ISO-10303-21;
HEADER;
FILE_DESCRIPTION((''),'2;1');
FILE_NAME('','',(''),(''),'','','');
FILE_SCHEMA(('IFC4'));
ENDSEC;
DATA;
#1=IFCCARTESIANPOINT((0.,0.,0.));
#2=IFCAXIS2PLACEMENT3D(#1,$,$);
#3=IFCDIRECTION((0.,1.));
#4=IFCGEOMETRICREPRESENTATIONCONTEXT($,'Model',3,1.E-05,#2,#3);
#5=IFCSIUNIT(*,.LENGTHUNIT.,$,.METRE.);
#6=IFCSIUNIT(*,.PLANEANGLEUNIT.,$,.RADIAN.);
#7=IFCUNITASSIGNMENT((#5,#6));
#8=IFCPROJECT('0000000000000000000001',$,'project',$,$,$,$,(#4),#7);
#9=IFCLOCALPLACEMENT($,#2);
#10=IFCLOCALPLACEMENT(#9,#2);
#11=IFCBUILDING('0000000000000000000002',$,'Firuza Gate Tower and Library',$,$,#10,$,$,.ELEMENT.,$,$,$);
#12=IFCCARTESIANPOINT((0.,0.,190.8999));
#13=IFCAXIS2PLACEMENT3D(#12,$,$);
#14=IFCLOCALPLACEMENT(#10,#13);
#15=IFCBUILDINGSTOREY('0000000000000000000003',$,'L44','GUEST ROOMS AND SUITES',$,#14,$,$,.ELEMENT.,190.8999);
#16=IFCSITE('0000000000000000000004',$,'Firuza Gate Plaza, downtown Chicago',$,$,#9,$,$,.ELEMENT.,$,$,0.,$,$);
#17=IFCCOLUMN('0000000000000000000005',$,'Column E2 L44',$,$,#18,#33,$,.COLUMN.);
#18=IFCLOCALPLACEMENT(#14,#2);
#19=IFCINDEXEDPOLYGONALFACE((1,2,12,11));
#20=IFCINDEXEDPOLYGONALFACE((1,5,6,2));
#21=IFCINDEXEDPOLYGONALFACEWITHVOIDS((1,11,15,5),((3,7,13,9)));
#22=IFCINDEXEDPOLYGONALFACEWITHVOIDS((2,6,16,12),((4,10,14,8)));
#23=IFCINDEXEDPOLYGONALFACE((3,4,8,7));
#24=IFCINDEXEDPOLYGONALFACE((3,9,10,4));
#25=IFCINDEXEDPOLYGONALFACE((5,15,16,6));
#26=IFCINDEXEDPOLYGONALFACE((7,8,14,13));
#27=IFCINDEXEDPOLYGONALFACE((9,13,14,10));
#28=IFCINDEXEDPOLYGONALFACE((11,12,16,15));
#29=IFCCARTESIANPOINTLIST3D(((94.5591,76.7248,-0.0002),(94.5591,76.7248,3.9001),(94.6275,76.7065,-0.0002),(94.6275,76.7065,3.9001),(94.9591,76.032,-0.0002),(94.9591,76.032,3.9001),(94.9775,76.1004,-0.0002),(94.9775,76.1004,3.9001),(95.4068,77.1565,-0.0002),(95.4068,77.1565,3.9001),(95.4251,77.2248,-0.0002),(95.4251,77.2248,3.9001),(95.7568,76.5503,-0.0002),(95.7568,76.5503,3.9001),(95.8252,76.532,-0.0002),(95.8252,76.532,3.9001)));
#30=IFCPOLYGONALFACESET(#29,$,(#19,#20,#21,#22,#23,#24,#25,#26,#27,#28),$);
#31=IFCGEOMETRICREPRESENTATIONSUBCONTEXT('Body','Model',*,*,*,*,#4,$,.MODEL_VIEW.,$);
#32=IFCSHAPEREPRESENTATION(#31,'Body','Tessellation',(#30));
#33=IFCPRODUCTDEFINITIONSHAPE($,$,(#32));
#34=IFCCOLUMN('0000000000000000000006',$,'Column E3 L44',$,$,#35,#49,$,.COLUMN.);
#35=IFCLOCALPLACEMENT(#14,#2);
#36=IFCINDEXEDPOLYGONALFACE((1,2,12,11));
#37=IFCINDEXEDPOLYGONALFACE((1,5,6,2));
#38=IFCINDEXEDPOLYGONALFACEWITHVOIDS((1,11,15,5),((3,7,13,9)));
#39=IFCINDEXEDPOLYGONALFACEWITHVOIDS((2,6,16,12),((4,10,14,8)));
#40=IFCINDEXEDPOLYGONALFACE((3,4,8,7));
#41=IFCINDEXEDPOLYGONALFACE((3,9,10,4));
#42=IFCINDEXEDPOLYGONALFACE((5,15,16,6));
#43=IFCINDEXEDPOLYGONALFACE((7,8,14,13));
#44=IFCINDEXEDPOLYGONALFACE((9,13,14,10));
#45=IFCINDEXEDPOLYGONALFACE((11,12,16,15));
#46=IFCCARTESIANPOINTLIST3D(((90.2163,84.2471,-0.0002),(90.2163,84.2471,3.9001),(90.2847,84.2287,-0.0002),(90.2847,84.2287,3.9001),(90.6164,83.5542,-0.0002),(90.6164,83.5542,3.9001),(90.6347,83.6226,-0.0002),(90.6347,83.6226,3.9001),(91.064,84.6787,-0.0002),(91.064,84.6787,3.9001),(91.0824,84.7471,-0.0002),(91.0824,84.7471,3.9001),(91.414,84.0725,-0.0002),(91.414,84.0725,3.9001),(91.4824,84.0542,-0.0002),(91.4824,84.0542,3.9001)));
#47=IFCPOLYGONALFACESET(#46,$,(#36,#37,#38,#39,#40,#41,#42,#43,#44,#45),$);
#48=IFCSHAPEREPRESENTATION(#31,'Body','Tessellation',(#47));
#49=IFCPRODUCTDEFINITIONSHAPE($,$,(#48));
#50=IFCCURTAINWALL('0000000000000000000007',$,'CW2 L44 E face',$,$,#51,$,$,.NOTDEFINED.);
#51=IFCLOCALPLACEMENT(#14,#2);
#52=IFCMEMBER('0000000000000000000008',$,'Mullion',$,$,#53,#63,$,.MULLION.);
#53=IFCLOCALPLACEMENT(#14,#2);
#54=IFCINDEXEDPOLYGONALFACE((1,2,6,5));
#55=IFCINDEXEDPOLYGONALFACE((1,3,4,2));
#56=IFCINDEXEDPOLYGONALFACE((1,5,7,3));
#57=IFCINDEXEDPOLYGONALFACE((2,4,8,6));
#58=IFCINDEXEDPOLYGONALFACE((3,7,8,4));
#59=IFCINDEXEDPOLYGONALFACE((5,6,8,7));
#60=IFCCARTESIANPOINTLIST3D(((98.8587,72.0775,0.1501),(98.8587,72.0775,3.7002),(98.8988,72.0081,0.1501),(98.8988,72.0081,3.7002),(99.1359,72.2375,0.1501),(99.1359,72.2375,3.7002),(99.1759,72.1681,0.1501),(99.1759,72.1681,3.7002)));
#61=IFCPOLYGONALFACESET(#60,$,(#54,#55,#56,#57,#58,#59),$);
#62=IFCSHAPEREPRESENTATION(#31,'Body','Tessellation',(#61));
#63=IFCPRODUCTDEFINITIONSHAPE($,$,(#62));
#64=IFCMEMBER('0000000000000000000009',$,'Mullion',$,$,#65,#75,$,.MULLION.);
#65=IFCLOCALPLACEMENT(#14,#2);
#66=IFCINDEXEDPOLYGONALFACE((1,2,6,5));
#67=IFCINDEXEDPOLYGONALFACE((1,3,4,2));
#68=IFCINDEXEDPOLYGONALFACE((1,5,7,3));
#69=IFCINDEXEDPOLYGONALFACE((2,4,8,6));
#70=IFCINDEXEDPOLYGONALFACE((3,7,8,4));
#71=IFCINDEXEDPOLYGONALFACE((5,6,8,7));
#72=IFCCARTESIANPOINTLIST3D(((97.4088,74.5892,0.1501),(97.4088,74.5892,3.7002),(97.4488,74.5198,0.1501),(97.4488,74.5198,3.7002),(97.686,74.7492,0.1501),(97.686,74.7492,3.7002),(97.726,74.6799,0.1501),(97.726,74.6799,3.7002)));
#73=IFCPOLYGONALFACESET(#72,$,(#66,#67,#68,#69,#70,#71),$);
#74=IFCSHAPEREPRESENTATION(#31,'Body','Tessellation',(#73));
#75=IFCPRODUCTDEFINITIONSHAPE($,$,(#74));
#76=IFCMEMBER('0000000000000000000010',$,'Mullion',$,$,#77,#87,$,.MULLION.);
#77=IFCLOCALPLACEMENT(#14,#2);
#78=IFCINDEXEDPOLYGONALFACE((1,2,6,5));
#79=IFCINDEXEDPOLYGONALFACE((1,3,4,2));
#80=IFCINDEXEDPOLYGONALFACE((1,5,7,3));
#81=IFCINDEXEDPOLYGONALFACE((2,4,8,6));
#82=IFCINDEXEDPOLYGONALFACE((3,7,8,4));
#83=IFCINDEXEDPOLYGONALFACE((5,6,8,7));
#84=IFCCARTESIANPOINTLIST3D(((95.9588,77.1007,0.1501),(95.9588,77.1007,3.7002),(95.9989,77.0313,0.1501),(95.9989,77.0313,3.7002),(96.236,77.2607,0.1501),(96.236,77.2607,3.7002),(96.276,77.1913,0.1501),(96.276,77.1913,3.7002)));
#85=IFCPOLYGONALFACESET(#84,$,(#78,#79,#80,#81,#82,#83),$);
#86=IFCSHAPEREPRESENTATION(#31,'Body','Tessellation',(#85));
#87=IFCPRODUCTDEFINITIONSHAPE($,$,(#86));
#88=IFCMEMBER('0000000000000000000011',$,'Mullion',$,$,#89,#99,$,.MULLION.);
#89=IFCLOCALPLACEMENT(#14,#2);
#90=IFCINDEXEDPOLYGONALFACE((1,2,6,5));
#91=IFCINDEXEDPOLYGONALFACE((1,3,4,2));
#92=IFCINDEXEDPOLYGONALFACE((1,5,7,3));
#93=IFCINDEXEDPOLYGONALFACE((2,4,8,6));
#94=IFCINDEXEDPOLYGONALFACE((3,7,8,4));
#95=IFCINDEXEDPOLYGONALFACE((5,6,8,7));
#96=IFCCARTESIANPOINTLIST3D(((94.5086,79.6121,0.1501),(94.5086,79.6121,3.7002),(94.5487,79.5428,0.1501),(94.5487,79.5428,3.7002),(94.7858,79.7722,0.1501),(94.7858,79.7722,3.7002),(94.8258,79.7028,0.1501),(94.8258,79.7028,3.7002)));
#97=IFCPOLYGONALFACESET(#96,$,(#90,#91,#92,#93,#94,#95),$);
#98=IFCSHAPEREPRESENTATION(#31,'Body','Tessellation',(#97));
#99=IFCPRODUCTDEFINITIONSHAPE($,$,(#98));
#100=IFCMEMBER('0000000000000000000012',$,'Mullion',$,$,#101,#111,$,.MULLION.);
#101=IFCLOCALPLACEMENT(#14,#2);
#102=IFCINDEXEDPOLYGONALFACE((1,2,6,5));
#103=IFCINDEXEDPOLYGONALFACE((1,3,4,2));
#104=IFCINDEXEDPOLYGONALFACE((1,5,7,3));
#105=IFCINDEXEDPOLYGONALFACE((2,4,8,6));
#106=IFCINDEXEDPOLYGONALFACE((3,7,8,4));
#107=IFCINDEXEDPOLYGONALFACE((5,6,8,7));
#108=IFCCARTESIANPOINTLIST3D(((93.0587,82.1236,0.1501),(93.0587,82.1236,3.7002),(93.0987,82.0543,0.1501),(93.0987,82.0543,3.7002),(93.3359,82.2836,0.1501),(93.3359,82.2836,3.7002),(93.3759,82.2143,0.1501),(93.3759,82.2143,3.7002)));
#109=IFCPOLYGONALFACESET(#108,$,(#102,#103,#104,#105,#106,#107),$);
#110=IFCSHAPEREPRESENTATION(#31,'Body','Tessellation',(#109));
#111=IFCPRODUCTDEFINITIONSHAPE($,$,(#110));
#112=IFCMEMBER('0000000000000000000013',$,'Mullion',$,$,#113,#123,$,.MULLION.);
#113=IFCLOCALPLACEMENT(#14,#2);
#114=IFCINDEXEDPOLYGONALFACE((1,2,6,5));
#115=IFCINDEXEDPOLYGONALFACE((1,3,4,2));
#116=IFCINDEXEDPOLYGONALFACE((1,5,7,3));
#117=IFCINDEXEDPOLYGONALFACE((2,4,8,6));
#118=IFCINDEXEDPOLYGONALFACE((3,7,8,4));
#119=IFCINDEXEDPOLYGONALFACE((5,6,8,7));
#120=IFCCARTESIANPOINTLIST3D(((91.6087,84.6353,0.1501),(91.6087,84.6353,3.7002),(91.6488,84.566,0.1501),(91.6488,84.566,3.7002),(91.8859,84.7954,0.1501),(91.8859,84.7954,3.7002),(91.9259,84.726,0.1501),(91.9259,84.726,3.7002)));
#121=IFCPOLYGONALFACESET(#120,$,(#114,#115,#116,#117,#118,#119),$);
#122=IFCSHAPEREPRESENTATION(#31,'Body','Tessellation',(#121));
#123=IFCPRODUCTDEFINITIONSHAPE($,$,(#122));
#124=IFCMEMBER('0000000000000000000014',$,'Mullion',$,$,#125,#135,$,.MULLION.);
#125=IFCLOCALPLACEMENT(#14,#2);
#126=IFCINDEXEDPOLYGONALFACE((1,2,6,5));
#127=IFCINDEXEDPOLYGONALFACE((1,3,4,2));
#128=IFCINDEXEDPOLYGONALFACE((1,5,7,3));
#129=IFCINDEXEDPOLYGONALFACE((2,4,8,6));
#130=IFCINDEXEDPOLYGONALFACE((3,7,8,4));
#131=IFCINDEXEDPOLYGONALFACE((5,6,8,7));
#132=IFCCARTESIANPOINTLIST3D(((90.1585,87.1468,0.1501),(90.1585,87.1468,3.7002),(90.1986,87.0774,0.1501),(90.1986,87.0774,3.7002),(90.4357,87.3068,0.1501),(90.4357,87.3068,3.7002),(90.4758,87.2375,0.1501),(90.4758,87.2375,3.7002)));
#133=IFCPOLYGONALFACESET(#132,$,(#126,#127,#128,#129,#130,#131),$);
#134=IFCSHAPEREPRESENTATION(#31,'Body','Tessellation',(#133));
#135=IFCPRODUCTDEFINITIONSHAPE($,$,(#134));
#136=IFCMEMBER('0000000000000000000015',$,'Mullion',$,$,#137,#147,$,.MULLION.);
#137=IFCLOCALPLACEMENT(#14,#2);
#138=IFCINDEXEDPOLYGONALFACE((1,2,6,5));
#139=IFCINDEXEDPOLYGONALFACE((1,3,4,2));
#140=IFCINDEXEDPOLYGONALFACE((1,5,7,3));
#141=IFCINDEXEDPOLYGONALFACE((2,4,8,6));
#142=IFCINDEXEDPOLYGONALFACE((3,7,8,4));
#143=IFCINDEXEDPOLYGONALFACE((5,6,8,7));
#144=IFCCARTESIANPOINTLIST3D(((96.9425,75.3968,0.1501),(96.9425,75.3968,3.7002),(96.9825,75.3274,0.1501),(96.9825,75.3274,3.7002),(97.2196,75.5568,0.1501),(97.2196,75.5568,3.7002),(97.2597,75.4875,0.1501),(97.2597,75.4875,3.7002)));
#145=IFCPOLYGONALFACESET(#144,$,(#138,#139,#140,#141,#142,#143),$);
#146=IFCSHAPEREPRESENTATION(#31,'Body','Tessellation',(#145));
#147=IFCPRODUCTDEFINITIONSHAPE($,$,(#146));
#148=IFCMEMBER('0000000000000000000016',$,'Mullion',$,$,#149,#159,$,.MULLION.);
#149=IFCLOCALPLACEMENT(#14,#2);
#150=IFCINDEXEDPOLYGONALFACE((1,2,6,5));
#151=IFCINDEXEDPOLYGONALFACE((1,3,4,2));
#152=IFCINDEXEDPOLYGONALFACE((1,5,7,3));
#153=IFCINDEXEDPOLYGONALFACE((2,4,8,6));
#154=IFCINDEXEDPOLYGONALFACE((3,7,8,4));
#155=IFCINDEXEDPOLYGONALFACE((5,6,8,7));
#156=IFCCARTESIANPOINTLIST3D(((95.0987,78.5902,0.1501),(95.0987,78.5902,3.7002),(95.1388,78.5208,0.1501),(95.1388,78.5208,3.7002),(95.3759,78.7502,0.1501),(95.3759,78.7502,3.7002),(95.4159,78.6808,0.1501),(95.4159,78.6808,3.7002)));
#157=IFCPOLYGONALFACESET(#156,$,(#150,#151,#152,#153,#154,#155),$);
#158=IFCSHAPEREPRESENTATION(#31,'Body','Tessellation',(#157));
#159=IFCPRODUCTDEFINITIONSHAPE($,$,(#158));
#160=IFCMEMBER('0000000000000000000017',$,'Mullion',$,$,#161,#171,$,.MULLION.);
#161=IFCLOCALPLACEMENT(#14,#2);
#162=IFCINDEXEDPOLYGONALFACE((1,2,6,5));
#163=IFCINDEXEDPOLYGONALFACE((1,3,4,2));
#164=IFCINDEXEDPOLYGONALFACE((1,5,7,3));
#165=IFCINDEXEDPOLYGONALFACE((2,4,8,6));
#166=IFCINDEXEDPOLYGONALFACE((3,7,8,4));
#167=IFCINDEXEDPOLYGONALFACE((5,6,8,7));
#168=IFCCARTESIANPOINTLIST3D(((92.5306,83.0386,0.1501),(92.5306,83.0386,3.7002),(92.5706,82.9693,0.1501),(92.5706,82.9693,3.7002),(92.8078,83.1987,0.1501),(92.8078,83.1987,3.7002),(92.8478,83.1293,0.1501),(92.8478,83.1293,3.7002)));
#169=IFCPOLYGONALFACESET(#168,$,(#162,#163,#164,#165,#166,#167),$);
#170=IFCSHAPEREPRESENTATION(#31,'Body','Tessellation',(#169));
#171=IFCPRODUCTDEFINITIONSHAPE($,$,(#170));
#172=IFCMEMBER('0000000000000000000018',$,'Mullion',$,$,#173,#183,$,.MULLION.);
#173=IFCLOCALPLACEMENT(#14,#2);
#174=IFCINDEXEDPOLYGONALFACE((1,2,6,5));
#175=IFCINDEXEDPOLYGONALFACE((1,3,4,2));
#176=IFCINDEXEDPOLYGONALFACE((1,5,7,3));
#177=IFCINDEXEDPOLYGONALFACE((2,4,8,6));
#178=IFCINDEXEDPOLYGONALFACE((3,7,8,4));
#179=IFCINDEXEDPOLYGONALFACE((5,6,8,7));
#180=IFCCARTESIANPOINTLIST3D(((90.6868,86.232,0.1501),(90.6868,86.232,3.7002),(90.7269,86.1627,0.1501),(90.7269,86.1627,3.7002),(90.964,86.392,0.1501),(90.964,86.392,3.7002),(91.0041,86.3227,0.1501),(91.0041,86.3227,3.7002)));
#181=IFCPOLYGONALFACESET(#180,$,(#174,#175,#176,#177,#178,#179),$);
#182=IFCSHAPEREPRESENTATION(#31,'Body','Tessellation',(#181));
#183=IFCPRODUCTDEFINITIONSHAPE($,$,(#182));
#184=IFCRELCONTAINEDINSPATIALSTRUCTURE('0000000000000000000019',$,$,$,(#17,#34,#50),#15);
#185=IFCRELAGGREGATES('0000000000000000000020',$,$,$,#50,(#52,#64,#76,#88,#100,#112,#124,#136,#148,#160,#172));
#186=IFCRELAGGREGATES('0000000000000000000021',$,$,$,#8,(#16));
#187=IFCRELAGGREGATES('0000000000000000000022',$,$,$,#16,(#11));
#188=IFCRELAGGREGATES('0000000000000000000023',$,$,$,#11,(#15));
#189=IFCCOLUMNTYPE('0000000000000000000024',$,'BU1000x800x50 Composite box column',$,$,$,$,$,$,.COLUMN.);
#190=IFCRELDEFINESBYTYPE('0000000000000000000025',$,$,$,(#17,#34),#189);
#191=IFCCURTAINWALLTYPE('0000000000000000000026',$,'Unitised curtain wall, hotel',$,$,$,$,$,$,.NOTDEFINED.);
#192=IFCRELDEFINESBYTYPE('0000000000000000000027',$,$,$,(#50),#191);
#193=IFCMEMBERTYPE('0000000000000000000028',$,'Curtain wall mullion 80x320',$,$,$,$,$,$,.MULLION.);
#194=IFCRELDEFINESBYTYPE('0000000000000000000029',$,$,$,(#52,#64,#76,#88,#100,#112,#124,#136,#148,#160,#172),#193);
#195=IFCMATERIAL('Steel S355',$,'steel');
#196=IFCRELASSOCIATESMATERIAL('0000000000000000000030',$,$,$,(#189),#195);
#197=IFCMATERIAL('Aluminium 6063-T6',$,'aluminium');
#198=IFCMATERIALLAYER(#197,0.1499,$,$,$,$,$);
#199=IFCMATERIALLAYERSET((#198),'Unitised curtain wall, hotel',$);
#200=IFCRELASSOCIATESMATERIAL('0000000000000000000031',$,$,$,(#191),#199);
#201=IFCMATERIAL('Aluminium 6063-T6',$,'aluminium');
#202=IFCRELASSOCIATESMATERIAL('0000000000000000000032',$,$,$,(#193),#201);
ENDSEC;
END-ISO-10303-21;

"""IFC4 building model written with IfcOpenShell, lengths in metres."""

from ifc_helpers import new_model, si_unit, direction, frame, origin, origin_2d, place, context, subcontext, project, spatial, rectangle, hollow_rectangle, extrude, material, layer, layer_set, material_profile, profile_set, type_object, element, aggregate, save


model = new_model("IFC4")

# Units and contexts
model_context = context("Model", 3, precision=1e-05, world=origin(), true_north=direction((0.0, 1.0)))
body_context = subcontext(model_context, "Body", "Model", "MODEL_VIEW")
ifc_project = project(units=[si_unit("LENGTHUNIT", "METRE"), si_unit("PLANEANGLEUNIT", "RADIAN")], contexts=[model_context])

# Site, building, storey
site_placement = place(None, origin())
site = spatial("IfcSite", under=ifc_project, at=site_placement, Name="Firuza Gate Plaza, downtown Chicago", CompositionType="ELEMENT", RefElevation=0.0)
building_placement = place(site_placement, origin())
building = spatial("IfcBuilding", under=site, at=building_placement, Name="Firuza Gate Tower and Library", CompositionType="ELEMENT")
storey_placement = place(building_placement, frame((0.0, 0.0, 190.8999)))
storey = spatial("IfcBuildingStorey", under=building, at=storey_placement, Name="L44", Description="GUEST ROOMS AND SUITES", CompositionType="ELEMENT", Elevation=190.8999)

# Columns
ifc_material_1 = material(Name="Steel S355", Category="steel")
ifc_material_profile_1 = material_profile(ifc_material_1, hollow_rectangle(XDim=0.8, YDim=1.0, WallThickness=0.05, at=origin_2d()))
ifc_profile_set_1 = profile_set([ifc_material_profile_1], Name="Steel S355")
column_type = type_object("IfcColumnType", Name="BU1000x800x50 Composite box column", PredefinedType="COLUMN", material=ifc_profile_set_1)
for number, where, z_axis, x_axis, name in (
    (1, (95.1921, 76.6284, -0.0002), (0.0, 0.0, 1.0), (-0.5, 0.866025, 0.0), "Column E2 L44"),
    (2, (90.8494, 84.1506, -0.0002), (0.0, 0.0, 1.0), (-0.5, 0.866025, 0.0), "Column E3 L44"),
):
    element("IfcColumn", number, at=place(storey_placement, frame(where, z_axis=z_axis, x_axis=x_axis)), inside=storey, type_object=column_type, Name=name, PredefinedType="COLUMN", context=body_context, shape_type="SweptSolid", body=[
        extrude(hollow_rectangle(XDim=0.8, YDim=1.0, WallThickness=0.05, at=origin_2d()), origin(), (0.0, 0.0, 1.0), 3.9004),
    ])

# Curtain wall, members
ifc_material_2 = material(Name="Aluminium 6063-T6", Category="aluminium")
ifc_layer_1 = layer(ifc_material_2, 0.1499)
ifc_layer_set_1 = layer_set([ifc_layer_1], Name="Unitised curtain wall, hotel")
curtain_wall_type = type_object("IfcCurtainWallType", Name="Unitised curtain wall, hotel", PredefinedType="NOTDEFINED", material=ifc_layer_set_1)
curtain_wall_placement = place(storey_placement, origin())
curtain_wall = element("IfcCurtainWall", 3, at=curtain_wall_placement, inside=storey, type_object=curtain_wall_type, Name="CW2 L44 E face", PredefinedType="NOTDEFINED")
ifc_material_3 = material(Name="Aluminium 6063-T6", Category="aluminium")
ifc_material_profile_2 = material_profile(ifc_material_3, rectangle(XDim=0.3201, YDim=0.0801, at=origin_2d()))
ifc_profile_set_2 = profile_set([ifc_material_profile_2], Name="Aluminium 6063-T6")
member_type = type_object("IfcMemberType", Name="Curtain wall mullion 80x320", PredefinedType="MULLION", material=ifc_profile_set_2)
member_1_placement = place(storey_placement, frame((99.0173, 72.1228, 0.1501), z_axis=(0.0, 0.0, 1.0), x_axis=(-0.866025, -0.5, 0.0)))
member_1 = element("IfcMember", 4, at=member_1_placement, type_object=member_type, Name="Mullion", PredefinedType="MULLION", context=body_context, shape_type="SweptSolid", body=[
    extrude(rectangle(XDim=0.3201, YDim=0.0801, at=origin_2d()), origin(), (0.0, 0.0, 1.0), 3.55),
])
member_2_placement = place(storey_placement, frame((97.5674, 74.6345, 0.1501), z_axis=(0.0, 0.0, 1.0), x_axis=(-0.866025, -0.5, 0.0)))
member_2 = element("IfcMember", 5, at=member_2_placement, type_object=member_type, Name="Mullion", PredefinedType="MULLION", context=body_context, shape_type="SweptSolid", body=[
    extrude(rectangle(XDim=0.3201, YDim=0.0801, at=origin_2d()), origin(), (0.0, 0.0, 1.0), 3.55),
])
member_3_placement = place(storey_placement, frame((96.1174, 77.146, 0.1501), z_axis=(0.0, 0.0, 1.0), x_axis=(-0.866025, -0.5, 0.0)))
member_3 = element("IfcMember", 6, at=member_3_placement, type_object=member_type, Name="Mullion", PredefinedType="MULLION", context=body_context, shape_type="SweptSolid", body=[
    extrude(rectangle(XDim=0.3201, YDim=0.0801, at=origin_2d()), origin(), (0.0, 0.0, 1.0), 3.55),
])
member_4_placement = place(storey_placement, frame((94.6672, 79.6575, 0.1501), z_axis=(0.0, 0.0, 1.0), x_axis=(-0.866025, -0.5, 0.0)))
member_4 = element("IfcMember", 7, at=member_4_placement, type_object=member_type, Name="Mullion", PredefinedType="MULLION", context=body_context, shape_type="SweptSolid", body=[
    extrude(rectangle(XDim=0.3201, YDim=0.0801, at=origin_2d()), origin(), (0.0, 0.0, 1.0), 3.55),
])
member_5_placement = place(storey_placement, frame((93.2173, 82.1689, 0.1501), z_axis=(0.0, 0.0, 1.0), x_axis=(-0.866025, -0.5, 0.0)))
member_5 = element("IfcMember", 8, at=member_5_placement, type_object=member_type, Name="Mullion", PredefinedType="MULLION", context=body_context, shape_type="SweptSolid", body=[
    extrude(rectangle(XDim=0.3201, YDim=0.0801, at=origin_2d()), origin(), (0.0, 0.0, 1.0), 3.55),
])
member_6_placement = place(storey_placement, frame((91.7673, 84.6807, 0.1501), z_axis=(0.0, 0.0, 1.0), x_axis=(-0.866025, -0.5, 0.0)))
member_6 = element("IfcMember", 9, at=member_6_placement, type_object=member_type, Name="Mullion", PredefinedType="MULLION", context=body_context, shape_type="SweptSolid", body=[
    extrude(rectangle(XDim=0.3201, YDim=0.0801, at=origin_2d()), origin(), (0.0, 0.0, 1.0), 3.55),
])
member_7_placement = place(storey_placement, frame((90.3171, 87.1921, 0.1501), z_axis=(0.0, 0.0, 1.0), x_axis=(-0.866025, -0.5, 0.0)))
member_7 = element("IfcMember", 10, at=member_7_placement, type_object=member_type, Name="Mullion", PredefinedType="MULLION", context=body_context, shape_type="SweptSolid", body=[
    extrude(rectangle(XDim=0.3201, YDim=0.0801, at=origin_2d()), origin(), (0.0, 0.0, 1.0), 3.55),
])
member_8_placement = place(storey_placement, frame((97.1011, 75.4421, 0.1501), z_axis=(0.0, 0.0, 1.0), x_axis=(-0.866025, -0.5, 0.0)))
member_8 = element("IfcMember", 11, at=member_8_placement, type_object=member_type, Name="Mullion", PredefinedType="MULLION", context=body_context, shape_type="SweptSolid", body=[
    extrude(rectangle(XDim=0.3201, YDim=0.0801, at=origin_2d()), origin(), (0.0, 0.0, 1.0), 3.55),
])
member_9_placement = place(storey_placement, frame((95.2573, 78.6355, 0.1501), z_axis=(0.0, 0.0, 1.0), x_axis=(-0.866025, -0.5, 0.0)))
member_9 = element("IfcMember", 12, at=member_9_placement, type_object=member_type, Name="Mullion", PredefinedType="MULLION", context=body_context, shape_type="SweptSolid", body=[
    extrude(rectangle(XDim=0.3201, YDim=0.0801, at=origin_2d()), origin(), (0.0, 0.0, 1.0), 3.55),
])
member_10_placement = place(storey_placement, frame((92.6892, 83.084, 0.1501), z_axis=(0.0, 0.0, 1.0), x_axis=(-0.866025, -0.5, 0.0)))
member_10 = element("IfcMember", 13, at=member_10_placement, type_object=member_type, Name="Mullion", PredefinedType="MULLION", context=body_context, shape_type="SweptSolid", body=[
    extrude(rectangle(XDim=0.3201, YDim=0.0801, at=origin_2d()), origin(), (0.0, 0.0, 1.0), 3.55),
])
member_11_placement = place(storey_placement, frame((90.8455, 86.2773, 0.1501), z_axis=(0.0, 0.0, 1.0), x_axis=(-0.866025, -0.5, 0.0)))
member_11 = element("IfcMember", 14, at=member_11_placement, type_object=member_type, Name="Mullion", PredefinedType="MULLION", context=body_context, shape_type="SweptSolid", body=[
    extrude(rectangle(XDim=0.3201, YDim=0.0801, at=origin_2d()), origin(), (0.0, 0.0, 1.0), 3.55),
])

aggregate(curtain_wall, [member_1, member_2, member_3, member_4, member_5, member_6, member_7, member_8, member_9, member_10, member_11])

save(model, "model.ifc")
